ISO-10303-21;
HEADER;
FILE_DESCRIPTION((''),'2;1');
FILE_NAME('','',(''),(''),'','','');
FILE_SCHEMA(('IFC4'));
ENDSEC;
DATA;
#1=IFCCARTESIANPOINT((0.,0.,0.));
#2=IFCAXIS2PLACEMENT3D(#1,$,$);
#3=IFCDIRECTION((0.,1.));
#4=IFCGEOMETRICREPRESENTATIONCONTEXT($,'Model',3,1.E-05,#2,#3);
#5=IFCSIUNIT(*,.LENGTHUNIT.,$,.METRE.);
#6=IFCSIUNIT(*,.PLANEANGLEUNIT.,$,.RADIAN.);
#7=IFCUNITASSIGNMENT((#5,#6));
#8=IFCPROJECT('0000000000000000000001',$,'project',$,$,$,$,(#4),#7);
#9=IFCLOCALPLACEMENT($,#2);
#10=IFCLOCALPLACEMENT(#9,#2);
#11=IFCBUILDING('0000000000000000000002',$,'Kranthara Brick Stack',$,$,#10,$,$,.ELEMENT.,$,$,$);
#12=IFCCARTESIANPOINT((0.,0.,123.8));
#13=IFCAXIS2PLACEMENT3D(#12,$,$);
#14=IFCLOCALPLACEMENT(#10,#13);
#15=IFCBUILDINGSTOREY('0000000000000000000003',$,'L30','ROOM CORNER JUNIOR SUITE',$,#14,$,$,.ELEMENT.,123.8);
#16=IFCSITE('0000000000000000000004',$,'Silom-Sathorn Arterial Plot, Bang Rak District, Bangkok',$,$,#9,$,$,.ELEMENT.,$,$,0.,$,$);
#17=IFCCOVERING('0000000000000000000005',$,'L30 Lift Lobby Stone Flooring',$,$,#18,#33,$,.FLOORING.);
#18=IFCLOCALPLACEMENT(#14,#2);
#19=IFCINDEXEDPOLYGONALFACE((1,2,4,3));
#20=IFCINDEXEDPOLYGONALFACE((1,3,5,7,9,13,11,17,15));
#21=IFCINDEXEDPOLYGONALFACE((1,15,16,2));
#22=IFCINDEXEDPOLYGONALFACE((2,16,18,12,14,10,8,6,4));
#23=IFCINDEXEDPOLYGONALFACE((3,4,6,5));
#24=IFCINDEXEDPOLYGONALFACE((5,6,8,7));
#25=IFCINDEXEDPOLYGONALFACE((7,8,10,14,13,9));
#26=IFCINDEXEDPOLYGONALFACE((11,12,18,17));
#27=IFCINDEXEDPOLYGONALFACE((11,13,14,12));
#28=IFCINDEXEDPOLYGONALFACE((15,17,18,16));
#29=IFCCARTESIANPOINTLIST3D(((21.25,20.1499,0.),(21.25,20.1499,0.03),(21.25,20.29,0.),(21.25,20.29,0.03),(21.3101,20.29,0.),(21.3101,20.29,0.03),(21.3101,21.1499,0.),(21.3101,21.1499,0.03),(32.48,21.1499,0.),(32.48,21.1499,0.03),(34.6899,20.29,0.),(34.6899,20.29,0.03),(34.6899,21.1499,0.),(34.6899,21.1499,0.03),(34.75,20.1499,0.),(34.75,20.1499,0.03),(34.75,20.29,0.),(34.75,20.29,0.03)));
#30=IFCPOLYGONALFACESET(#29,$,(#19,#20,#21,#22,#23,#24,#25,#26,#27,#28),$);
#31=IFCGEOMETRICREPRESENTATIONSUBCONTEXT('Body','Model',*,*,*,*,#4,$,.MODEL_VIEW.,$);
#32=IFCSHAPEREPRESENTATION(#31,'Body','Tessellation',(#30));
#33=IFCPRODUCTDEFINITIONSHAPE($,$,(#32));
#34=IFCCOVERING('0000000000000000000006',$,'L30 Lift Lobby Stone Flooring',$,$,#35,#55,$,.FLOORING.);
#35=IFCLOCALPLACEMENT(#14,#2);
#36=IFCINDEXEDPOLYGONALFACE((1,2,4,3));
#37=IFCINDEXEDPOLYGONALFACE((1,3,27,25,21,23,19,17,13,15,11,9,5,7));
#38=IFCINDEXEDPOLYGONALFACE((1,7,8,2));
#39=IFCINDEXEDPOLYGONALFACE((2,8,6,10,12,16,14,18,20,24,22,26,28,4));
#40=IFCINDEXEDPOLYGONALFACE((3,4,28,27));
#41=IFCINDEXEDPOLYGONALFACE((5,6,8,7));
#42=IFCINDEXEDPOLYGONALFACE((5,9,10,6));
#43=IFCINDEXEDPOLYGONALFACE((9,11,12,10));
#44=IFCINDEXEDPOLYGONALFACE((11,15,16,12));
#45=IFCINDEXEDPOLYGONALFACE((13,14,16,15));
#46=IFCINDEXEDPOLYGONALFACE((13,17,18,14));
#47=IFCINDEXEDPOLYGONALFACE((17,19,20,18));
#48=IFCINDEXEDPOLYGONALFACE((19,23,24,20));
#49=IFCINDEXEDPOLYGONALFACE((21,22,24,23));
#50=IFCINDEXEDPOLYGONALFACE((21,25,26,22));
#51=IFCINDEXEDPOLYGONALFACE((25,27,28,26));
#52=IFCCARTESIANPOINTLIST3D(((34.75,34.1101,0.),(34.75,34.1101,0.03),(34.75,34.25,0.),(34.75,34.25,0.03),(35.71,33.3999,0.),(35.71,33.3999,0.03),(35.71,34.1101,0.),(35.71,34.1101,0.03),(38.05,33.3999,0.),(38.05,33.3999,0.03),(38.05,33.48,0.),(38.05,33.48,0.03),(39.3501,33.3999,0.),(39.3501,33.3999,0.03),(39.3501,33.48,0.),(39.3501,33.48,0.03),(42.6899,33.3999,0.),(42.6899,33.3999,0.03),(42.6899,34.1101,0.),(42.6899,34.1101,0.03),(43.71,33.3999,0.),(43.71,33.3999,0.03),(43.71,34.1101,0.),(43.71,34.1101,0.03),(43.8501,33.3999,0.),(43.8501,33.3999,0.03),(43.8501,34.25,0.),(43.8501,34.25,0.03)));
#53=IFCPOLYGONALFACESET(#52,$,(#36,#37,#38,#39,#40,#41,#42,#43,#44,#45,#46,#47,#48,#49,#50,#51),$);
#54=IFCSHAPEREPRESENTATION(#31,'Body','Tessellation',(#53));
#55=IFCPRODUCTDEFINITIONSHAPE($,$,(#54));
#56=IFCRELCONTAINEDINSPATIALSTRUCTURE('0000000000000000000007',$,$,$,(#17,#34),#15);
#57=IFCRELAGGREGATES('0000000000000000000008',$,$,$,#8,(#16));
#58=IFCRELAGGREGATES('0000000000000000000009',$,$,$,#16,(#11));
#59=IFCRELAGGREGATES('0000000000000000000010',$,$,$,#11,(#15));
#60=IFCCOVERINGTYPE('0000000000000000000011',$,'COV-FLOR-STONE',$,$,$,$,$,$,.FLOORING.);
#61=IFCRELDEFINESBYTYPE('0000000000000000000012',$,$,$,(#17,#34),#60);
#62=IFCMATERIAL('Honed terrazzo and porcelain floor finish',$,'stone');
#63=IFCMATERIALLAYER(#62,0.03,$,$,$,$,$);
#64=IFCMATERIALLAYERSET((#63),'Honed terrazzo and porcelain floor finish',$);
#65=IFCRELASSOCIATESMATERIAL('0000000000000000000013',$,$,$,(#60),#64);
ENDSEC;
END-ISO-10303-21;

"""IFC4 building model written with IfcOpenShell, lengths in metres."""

from ifc_helpers import new_model, si_unit, direction, frame, origin, place, context, subcontext, project, spatial, polyline, outline, extrude, material, layer, layer_set, type_object, element, save


model = new_model("IFC4")

# Units and contexts
model_context = context("Model", 3, precision=1e-05, world=origin(), true_north=direction((0.0, 1.0)))
body_context = subcontext(model_context, "Body", "Model", "MODEL_VIEW")
ifc_project = project(units=[si_unit("LENGTHUNIT", "METRE"), si_unit("PLANEANGLEUNIT", "RADIAN")], contexts=[model_context])

# Site, building, storey
site_placement = place(None, origin())
site = spatial("IfcSite", under=ifc_project, at=site_placement, Name="Silom-Sathorn Arterial Plot, Bang Rak District, Bangkok", CompositionType="ELEMENT", RefElevation=0.0)
building_placement = place(site_placement, origin())
building = spatial("IfcBuilding", under=site, at=building_placement, Name="Kranthara Brick Stack", CompositionType="ELEMENT")
storey_placement = place(building_placement, frame((0.0, 0.0, 123.8)))
storey = spatial("IfcBuildingStorey", under=building, at=storey_placement, Name="L30", Description="ROOM CORNER JUNIOR SUITE", CompositionType="ELEMENT", Elevation=123.8)

# Coverings
ifc_material_1 = material(Name="Honed terrazzo and porcelain floor finish", Category="stone")
ifc_layer_1 = layer(ifc_material_1, 0.03)
ifc_layer_set_1 = layer_set([ifc_layer_1], Name="Honed terrazzo and porcelain floor finish")
covering_type_1 = type_object("IfcCoveringType", Name="COV-FLOR-STONE", PredefinedType="FLOORING", material=ifc_layer_set_1)
covering_1_placement = place(storey_placement, origin())
element("IfcCovering", 1, at=covering_1_placement, inside=storey, type_object=covering_type_1, Name="L30 Lift Lobby Stone Flooring", PredefinedType="FLOORING", context=body_context, shape_type="SweptSolid", body=[
    extrude(outline(polyline([(21.25, 20.29), (21.3101, 20.29), (21.3101, 21.1499), (32.48, 21.1499), (34.6899, 21.1499), (34.6899, 20.29), (34.75, 20.29), (34.75, 20.1499), (21.25, 20.1499), (21.25, 20.29)])), origin(), (0.0, 0.0, 1.0), 0.03),
])
covering_2_placement = place(storey_placement, origin())
element("IfcCovering", 2, at=covering_2_placement, inside=storey, type_object=covering_type_1, Name="L30 Lift Lobby Stone Flooring", PredefinedType="FLOORING", context=body_context, shape_type="SweptSolid", body=[
    extrude(outline(polyline([(43.71, 33.3999), (43.71, 34.1101), (42.6899, 34.1101), (42.6899, 33.3999), (39.3501, 33.3999), (39.3501, 33.48), (38.05, 33.48), (38.05, 33.3999), (35.71, 33.3999), (35.71, 34.1101), (34.75, 34.1101), (34.75, 34.25), (43.8501, 34.25), (43.8501, 33.3999), (43.71, 33.3999)])), origin(), (0.0, 0.0, 1.0), 0.03),
])

save(model, "model.ifc")
